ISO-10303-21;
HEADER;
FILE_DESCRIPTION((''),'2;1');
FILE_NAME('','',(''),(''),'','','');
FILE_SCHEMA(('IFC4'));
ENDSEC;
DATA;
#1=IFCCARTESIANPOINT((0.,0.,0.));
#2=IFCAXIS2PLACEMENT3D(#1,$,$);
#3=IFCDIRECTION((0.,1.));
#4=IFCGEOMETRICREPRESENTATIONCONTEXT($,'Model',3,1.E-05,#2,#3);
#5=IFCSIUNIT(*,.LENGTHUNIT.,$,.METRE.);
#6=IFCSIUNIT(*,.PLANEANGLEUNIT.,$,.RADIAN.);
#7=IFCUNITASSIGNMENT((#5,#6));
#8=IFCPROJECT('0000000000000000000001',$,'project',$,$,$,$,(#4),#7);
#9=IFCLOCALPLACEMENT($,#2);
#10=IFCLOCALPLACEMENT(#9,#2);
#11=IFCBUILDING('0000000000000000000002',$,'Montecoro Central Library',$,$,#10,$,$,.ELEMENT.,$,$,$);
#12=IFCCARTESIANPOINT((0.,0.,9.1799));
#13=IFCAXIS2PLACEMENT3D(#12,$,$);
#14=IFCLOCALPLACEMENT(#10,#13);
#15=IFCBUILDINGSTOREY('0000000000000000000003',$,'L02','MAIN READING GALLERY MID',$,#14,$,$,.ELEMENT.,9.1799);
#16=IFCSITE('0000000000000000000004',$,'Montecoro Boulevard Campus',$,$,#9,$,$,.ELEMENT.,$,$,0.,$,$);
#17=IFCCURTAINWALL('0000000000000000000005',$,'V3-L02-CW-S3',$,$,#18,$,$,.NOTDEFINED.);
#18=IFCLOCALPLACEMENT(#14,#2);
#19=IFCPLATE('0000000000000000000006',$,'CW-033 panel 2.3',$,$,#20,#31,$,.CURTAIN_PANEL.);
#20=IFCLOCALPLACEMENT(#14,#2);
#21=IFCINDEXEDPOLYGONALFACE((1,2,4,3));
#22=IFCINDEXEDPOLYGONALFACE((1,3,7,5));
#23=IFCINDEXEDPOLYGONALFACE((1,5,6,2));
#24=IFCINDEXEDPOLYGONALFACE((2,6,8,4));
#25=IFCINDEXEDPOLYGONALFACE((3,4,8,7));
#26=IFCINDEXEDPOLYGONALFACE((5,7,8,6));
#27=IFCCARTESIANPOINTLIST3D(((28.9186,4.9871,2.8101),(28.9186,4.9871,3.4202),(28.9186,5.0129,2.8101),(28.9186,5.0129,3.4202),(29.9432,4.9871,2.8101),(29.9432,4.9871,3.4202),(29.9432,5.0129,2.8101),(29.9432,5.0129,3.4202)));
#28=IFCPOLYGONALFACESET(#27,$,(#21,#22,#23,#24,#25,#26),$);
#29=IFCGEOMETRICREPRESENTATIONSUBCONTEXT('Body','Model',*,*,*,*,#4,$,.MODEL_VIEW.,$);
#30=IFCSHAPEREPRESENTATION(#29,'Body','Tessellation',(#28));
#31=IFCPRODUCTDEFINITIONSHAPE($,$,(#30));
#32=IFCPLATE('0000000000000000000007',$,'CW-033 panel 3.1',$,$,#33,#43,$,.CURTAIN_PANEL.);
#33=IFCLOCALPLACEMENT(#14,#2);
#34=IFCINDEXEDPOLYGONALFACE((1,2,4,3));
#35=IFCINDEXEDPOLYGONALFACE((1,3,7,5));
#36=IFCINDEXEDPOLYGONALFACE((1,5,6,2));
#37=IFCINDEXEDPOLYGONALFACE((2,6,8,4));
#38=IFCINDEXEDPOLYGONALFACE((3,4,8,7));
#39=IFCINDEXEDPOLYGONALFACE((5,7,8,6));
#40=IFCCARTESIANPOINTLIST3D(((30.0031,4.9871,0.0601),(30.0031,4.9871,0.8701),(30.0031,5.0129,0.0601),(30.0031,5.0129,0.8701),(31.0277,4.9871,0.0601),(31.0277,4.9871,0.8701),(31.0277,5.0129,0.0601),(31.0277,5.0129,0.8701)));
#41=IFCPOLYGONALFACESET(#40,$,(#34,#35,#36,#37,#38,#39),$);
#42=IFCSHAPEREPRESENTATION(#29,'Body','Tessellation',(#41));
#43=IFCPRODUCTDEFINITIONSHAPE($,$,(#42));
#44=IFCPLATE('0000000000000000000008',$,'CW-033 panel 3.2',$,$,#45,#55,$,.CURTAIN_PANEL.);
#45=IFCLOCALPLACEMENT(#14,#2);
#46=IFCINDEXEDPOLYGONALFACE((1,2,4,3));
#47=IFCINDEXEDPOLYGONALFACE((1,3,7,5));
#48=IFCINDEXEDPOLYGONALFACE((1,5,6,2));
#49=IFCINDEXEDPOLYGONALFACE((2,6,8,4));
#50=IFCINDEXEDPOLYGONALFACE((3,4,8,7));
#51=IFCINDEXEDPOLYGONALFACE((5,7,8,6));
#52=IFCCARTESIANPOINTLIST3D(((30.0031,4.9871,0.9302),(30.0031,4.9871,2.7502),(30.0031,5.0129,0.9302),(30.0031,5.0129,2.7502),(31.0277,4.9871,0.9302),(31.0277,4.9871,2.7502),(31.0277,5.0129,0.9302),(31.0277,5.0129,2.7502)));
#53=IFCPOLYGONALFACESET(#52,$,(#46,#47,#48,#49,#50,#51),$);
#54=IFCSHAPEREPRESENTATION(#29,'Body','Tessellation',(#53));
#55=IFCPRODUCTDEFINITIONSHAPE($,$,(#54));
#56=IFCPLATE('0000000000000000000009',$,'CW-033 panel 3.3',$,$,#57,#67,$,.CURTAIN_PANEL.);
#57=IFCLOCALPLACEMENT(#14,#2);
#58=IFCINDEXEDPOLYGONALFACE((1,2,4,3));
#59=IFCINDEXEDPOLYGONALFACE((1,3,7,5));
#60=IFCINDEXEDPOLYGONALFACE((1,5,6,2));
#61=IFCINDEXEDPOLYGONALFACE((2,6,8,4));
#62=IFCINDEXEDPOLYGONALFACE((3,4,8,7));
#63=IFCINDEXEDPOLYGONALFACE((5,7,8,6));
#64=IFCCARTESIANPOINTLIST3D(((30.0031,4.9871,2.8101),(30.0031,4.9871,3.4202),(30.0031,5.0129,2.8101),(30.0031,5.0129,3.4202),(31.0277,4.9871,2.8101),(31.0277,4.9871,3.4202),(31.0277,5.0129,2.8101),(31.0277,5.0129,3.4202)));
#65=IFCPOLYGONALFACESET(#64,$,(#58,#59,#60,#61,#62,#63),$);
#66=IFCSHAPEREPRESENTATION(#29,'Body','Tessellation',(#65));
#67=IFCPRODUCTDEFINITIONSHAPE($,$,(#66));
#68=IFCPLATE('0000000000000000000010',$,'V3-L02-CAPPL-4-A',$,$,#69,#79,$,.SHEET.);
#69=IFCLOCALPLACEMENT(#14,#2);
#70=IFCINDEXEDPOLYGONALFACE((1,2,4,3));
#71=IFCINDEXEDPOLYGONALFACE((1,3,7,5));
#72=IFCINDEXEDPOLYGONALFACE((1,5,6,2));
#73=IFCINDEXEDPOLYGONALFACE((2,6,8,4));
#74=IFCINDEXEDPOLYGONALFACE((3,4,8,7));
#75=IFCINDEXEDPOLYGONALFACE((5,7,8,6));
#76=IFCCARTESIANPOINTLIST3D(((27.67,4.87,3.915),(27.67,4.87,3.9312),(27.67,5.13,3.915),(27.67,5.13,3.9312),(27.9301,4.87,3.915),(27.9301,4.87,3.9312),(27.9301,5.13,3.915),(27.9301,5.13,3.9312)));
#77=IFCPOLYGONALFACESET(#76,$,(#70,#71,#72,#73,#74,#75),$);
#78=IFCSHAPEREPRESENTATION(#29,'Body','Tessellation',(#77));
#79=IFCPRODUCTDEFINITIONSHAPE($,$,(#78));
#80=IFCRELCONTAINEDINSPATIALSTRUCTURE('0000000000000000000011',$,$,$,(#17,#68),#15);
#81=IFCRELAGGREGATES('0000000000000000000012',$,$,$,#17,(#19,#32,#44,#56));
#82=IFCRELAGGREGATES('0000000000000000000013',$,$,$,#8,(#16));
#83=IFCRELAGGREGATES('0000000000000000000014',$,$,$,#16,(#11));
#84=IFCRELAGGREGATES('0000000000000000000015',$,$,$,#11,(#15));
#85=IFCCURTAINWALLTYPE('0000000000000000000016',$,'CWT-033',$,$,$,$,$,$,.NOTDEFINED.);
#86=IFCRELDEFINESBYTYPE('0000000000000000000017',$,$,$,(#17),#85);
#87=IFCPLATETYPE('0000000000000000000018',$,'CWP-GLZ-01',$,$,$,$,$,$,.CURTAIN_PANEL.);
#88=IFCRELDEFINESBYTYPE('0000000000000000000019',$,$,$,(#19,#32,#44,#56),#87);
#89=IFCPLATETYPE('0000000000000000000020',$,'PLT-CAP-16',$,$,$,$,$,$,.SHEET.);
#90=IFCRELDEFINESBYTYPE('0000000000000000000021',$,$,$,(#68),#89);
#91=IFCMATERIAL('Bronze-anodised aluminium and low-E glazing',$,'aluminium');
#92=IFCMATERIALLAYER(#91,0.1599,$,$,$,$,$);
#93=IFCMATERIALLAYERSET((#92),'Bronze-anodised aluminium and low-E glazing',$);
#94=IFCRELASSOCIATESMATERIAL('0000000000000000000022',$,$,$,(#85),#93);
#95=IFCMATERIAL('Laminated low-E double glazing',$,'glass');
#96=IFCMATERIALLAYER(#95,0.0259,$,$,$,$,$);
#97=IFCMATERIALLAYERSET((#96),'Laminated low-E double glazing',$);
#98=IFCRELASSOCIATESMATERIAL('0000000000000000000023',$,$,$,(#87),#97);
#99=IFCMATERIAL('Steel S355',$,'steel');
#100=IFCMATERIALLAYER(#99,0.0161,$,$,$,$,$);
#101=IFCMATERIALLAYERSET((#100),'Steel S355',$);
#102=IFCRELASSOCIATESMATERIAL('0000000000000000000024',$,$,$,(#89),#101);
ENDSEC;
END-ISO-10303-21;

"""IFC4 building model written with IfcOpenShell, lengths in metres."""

from ifc_helpers import new_model, si_unit, direction, frame, origin, origin_2d, place, context, subcontext, project, spatial, rectangle, extrude, material, layer, layer_set, type_object, element, aggregate, save


model = new_model("IFC4")

# Units and contexts
model_context = context("Model", 3, precision=1e-05, world=origin(), true_north=direction((0.0, 1.0)))
body_context = subcontext(model_context, "Body", "Model", "MODEL_VIEW")
ifc_project = project(units=[si_unit("LENGTHUNIT", "METRE"), si_unit("PLANEANGLEUNIT", "RADIAN")], contexts=[model_context])

# Site, building, storey
site_placement = place(None, origin())
site = spatial("IfcSite", under=ifc_project, at=site_placement, Name="Montecoro Boulevard Campus", CompositionType="ELEMENT", RefElevation=0.0)
building_placement = place(site_placement, origin())
building = spatial("IfcBuilding", under=site, at=building_placement, Name="Montecoro Central Library", CompositionType="ELEMENT")
storey_placement = place(building_placement, frame((0.0, 0.0, 9.1799)))
storey = spatial("IfcBuildingStorey", under=building, at=storey_placement, Name="L02", Description="MAIN READING GALLERY MID", CompositionType="ELEMENT", Elevation=9.1799)

# Shared definitions
ifc_material_1 = material(Name="Steel S355", Category="steel")

# Curtain wall, plates
ifc_material_2 = material(Name="Bronze-anodised aluminium and low-E glazing", Category="aluminium")
ifc_layer_1 = layer(ifc_material_2, 0.1599)
ifc_layer_set_1 = layer_set([ifc_layer_1], Name="Bronze-anodised aluminium and low-E glazing")
curtain_wall_type = type_object("IfcCurtainWallType", Name="CWT-033", PredefinedType="NOTDEFINED", material=ifc_layer_set_1)
curtain_wall_placement = place(storey_placement, origin())
curtain_wall = element("IfcCurtainWall", 1, at=curtain_wall_placement, inside=storey, type_object=curtain_wall_type, Name="V3-L02-CW-S3", PredefinedType="NOTDEFINED")
ifc_material_3 = material(Name="Laminated low-E double glazing", Category="glass")
ifc_layer_2 = layer(ifc_material_3, 0.0259)
ifc_layer_set_2 = layer_set([ifc_layer_2], Name="Laminated low-E double glazing")
plate_type_1 = type_object("IfcPlateType", Name="CWP-GLZ-01", PredefinedType="CURTAIN_PANEL", material=ifc_layer_set_2)
plate_1_placement = place(storey_placement, frame((29.4309, 5.0, 2.8101), z_axis=(0.0, 0.0, 1.0), x_axis=(1.0, 0.0, 0.0)))
plate_1 = element("IfcPlate", 2, at=plate_1_placement, type_object=plate_type_1, Name="CW-033 panel 2.3", PredefinedType="CURTAIN_PANEL", context=body_context, shape_type="SweptSolid", body=[
    extrude(rectangle(XDim=1.0247, YDim=0.0259, at=origin_2d()), origin(), (0.0, 0.0, 1.0), 0.6101),
])
plate_2_placement = place(storey_placement, frame((30.5154, 5.0, 0.0601), z_axis=(0.0, 0.0, 1.0), x_axis=(1.0, 0.0, 0.0)))
plate_2 = element("IfcPlate", 3, at=plate_2_placement, type_object=plate_type_1, Name="CW-033 panel 3.1", PredefinedType="CURTAIN_PANEL", context=body_context, shape_type="SweptSolid", body=[
    extrude(rectangle(XDim=1.0247, YDim=0.0259, at=origin_2d()), origin(), (0.0, 0.0, 1.0), 0.8101),
])
plate_3_placement = place(storey_placement, frame((30.5154, 5.0, 0.9302), z_axis=(0.0, 0.0, 1.0), x_axis=(1.0, 0.0, 0.0)))
plate_3 = element("IfcPlate", 4, at=plate_3_placement, type_object=plate_type_1, Name="CW-033 panel 3.2", PredefinedType="CURTAIN_PANEL", context=body_context, shape_type="SweptSolid", body=[
    extrude(rectangle(XDim=1.0247, YDim=0.0259, at=origin_2d()), origin(), (0.0, 0.0, 1.0), 1.8201),
])
plate_4_placement = place(storey_placement, frame((30.5154, 5.0, 2.8101), z_axis=(0.0, 0.0, 1.0), x_axis=(1.0, 0.0, 0.0)))
plate_4 = element("IfcPlate", 5, at=plate_4_placement, type_object=plate_type_1, Name="CW-033 panel 3.3", PredefinedType="CURTAIN_PANEL", context=body_context, shape_type="SweptSolid", body=[
    extrude(rectangle(XDim=1.0247, YDim=0.0259, at=origin_2d()), origin(), (0.0, 0.0, 1.0), 0.6101),
])
aggregate(curtain_wall, [plate_1, plate_2, plate_3, plate_4])

# Plate
ifc_layer_3 = layer(ifc_material_1, 0.0161)
ifc_layer_set_3 = layer_set([ifc_layer_3], Name="Steel S355")
plate_type_2 = type_object("IfcPlateType", Name="PLT-CAP-16", PredefinedType="SHEET", material=ifc_layer_set_3)
plate_5_placement = place(storey_placement, frame((27.8, 5.0, 3.915), z_axis=(0.0, 0.0, 1.0), x_axis=(1.0, 0.0, 0.0)))
element("IfcPlate", 6, at=plate_5_placement, inside=storey, type_object=plate_type_2, Name="V3-L02-CAPPL-4-A", PredefinedType="SHEET", context=body_context, shape_type="SweptSolid", body=[
    extrude(rectangle(XDim=0.26, YDim=0.26, at=origin_2d()), origin(), (0.0, 0.0, 1.0), 0.0161),
])

save(model, "model.ifc")
